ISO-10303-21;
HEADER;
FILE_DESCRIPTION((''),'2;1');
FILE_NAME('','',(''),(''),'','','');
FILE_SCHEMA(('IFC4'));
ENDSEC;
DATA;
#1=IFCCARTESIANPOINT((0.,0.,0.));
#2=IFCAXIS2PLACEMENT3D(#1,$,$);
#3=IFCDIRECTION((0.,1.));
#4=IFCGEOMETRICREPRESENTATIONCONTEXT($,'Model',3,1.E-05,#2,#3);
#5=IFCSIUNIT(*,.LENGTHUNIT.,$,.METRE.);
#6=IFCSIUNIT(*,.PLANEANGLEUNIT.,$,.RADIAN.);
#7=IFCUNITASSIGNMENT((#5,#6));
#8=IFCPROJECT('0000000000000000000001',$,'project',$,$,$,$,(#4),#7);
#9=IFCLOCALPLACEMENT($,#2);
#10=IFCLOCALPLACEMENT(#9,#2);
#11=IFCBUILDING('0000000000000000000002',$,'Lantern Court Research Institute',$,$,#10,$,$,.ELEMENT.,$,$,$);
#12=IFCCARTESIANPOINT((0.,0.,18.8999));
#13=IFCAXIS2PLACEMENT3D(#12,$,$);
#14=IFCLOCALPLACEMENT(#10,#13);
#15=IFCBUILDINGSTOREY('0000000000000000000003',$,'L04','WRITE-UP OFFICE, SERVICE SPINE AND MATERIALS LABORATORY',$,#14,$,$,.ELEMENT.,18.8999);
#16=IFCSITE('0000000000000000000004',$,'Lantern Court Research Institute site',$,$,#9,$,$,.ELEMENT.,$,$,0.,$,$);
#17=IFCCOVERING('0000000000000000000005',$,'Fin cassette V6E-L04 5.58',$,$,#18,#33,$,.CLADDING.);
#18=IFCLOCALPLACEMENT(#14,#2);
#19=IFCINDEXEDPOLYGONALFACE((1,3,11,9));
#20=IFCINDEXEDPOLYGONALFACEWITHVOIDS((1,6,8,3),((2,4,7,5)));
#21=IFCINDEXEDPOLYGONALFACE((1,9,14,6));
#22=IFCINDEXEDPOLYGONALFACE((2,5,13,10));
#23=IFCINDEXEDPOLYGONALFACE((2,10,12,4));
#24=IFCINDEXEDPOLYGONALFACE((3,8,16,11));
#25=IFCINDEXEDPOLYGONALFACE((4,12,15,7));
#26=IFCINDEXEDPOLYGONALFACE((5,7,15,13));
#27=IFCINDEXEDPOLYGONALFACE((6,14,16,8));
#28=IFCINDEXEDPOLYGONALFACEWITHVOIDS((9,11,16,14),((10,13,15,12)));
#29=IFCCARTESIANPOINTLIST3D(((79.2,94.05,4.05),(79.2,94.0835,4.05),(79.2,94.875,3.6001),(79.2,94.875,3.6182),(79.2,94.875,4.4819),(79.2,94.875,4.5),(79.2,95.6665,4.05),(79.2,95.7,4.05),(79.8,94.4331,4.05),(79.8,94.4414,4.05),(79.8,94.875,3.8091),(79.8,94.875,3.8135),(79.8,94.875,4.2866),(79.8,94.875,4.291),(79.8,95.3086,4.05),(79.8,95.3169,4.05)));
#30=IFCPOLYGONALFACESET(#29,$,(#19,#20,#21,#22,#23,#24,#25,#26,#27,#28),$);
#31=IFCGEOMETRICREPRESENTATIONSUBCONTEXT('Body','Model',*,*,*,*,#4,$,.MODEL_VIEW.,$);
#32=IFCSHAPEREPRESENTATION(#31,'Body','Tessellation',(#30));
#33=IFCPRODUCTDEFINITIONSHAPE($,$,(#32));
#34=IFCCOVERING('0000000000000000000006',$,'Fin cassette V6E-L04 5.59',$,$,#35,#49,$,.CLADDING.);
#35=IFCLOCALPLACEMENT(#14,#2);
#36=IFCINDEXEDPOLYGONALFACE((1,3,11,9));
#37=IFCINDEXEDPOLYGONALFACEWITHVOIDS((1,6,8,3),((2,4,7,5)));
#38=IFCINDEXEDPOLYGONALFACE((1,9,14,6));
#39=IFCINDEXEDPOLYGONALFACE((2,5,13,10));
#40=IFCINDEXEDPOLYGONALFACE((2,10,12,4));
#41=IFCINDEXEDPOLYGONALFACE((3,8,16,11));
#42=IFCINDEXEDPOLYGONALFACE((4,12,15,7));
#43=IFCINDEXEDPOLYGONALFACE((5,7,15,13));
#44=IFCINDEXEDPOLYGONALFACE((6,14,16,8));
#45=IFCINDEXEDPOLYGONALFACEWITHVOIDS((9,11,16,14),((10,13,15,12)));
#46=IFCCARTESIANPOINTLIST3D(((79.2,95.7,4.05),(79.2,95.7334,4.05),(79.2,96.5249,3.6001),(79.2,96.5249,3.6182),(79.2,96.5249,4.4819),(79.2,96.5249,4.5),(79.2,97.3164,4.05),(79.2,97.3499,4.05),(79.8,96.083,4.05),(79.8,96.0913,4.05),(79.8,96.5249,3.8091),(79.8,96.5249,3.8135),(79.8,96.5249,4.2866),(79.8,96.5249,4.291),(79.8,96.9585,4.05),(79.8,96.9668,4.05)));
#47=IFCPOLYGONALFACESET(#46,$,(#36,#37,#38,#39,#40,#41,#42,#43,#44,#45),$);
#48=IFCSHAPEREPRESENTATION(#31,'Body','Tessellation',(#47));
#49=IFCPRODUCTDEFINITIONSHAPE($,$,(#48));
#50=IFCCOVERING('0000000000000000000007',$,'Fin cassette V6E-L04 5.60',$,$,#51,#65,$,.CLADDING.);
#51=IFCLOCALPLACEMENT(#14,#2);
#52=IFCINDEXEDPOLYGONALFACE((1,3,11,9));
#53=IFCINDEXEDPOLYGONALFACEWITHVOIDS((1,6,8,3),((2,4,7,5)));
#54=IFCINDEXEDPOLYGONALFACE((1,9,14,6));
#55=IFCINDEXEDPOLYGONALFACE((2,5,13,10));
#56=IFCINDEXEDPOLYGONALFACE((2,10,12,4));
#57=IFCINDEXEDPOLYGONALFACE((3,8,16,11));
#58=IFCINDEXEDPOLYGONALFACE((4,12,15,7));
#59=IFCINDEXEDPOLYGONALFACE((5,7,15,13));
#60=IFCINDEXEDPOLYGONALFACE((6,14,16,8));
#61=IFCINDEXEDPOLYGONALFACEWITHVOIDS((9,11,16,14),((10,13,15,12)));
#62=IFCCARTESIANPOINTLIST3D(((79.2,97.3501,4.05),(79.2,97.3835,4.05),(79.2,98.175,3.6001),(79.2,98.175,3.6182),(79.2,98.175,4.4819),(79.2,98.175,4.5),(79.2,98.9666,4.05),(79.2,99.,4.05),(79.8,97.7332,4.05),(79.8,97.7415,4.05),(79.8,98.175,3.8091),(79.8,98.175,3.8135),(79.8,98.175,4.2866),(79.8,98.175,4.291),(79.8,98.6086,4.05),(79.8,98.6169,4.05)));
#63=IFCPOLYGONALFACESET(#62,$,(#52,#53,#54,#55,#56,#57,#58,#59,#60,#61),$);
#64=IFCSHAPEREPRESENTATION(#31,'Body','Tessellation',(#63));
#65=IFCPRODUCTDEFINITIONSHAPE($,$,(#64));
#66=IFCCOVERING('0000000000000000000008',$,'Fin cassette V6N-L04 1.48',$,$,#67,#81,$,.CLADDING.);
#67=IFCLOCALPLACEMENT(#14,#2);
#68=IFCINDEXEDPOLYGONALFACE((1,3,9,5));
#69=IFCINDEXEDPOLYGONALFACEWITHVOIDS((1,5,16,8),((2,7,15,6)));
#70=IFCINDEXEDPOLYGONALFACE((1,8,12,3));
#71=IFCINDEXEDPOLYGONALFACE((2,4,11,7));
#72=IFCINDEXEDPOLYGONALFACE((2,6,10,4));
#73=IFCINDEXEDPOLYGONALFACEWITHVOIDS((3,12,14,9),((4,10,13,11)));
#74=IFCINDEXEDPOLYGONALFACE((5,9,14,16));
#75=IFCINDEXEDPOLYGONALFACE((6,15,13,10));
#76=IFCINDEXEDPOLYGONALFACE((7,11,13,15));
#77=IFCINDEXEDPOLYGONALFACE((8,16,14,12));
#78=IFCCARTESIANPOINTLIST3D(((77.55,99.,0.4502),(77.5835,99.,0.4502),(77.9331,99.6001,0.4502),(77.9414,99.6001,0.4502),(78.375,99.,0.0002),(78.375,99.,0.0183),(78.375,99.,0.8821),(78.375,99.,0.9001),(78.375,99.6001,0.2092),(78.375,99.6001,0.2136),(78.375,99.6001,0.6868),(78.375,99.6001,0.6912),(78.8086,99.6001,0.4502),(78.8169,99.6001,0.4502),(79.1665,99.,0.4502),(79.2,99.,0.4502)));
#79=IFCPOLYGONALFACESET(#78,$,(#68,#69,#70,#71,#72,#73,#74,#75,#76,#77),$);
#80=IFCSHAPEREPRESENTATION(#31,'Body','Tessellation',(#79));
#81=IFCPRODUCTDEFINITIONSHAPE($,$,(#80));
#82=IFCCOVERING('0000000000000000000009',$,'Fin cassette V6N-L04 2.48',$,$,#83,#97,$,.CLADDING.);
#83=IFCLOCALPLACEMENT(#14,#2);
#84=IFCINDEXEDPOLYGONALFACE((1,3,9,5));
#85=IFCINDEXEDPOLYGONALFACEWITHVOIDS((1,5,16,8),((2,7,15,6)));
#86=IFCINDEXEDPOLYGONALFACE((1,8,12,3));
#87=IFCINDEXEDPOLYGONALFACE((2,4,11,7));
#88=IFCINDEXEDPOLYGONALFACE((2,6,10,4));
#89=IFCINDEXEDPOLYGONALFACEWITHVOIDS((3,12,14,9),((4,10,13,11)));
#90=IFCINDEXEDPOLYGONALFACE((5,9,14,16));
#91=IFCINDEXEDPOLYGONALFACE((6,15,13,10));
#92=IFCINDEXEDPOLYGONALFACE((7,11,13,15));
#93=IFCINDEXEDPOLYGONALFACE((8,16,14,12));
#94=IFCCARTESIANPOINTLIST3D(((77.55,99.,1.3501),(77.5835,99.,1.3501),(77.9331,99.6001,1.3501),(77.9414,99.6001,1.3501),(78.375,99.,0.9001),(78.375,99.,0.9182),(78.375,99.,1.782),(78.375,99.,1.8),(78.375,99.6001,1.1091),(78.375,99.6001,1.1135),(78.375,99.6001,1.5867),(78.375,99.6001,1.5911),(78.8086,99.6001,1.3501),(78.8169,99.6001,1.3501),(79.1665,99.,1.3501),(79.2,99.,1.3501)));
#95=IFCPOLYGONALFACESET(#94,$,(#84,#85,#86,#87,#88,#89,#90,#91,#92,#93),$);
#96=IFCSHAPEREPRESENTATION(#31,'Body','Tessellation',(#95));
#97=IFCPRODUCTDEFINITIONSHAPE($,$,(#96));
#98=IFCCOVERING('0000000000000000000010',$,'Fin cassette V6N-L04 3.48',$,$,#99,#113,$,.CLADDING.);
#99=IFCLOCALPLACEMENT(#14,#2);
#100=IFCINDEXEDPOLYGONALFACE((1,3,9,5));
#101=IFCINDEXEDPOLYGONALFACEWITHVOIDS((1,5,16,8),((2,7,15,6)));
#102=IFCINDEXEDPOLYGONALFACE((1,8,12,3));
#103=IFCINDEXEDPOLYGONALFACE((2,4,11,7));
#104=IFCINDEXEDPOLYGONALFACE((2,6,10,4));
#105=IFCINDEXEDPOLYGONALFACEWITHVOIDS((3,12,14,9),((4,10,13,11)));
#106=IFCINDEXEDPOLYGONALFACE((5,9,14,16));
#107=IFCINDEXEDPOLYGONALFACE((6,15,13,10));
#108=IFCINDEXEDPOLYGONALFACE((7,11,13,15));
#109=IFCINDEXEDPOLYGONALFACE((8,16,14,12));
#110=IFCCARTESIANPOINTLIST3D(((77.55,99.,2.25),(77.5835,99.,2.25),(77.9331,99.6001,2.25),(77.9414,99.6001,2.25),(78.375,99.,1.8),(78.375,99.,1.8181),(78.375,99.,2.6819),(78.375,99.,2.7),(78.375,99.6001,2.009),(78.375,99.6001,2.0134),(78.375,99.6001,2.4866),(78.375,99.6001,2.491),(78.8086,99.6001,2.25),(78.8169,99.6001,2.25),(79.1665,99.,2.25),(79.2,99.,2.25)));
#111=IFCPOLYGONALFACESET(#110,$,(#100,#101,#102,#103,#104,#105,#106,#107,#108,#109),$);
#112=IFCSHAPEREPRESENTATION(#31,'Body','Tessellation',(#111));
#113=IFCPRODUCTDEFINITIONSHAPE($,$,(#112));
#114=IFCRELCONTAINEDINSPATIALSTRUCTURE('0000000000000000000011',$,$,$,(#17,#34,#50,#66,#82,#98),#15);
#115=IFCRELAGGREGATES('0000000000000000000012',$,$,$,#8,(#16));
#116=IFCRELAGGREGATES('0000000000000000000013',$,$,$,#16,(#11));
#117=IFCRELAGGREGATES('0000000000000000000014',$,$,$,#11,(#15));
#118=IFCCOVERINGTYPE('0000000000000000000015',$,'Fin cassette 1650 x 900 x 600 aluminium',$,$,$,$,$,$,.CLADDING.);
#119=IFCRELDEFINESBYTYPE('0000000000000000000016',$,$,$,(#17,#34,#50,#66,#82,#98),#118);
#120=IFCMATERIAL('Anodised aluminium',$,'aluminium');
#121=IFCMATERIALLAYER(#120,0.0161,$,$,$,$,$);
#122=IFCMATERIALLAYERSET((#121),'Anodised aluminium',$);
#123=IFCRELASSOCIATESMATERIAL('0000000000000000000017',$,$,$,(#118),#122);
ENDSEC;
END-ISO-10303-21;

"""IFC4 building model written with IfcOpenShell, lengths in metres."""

from ifc_helpers import new_model, entity, si_unit, direction, frame, origin, place, context, subcontext, project, spatial, material, layer, layer_set, type_object, element, save


model = new_model("IFC4")

# Units and contexts
model_context = context("Model", 3, precision=1e-05, world=origin(), true_north=direction((0.0, 1.0)))
body_context = subcontext(model_context, "Body", "Model", "MODEL_VIEW")
ifc_project = project(units=[si_unit("LENGTHUNIT", "METRE"), si_unit("PLANEANGLEUNIT", "RADIAN")], contexts=[model_context])

# Site, building, storey
site_placement = place(None, origin())
site = spatial("IfcSite", under=ifc_project, at=site_placement, Name="Lantern Court Research Institute site", CompositionType="ELEMENT", RefElevation=0.0)
building_placement = place(site_placement, origin())
building = spatial("IfcBuilding", under=site, at=building_placement, Name="Lantern Court Research Institute", CompositionType="ELEMENT")
storey_placement = place(building_placement, frame((0.0, 0.0, 18.8999)))
storey = spatial("IfcBuildingStorey", under=building, at=storey_placement, Name="L04", Description="WRITE-UP OFFICE, SERVICE SPINE AND MATERIALS LABORATORY", CompositionType="ELEMENT", Elevation=18.8999)

# Coverings
ifc_material_1 = material(Name="Anodised aluminium", Category="aluminium")
ifc_layer_1 = layer(ifc_material_1, 0.0161)
ifc_layer_set_1 = layer_set([ifc_layer_1], Name="Anodised aluminium")
covering_type = type_object("IfcCoveringType", Name="Fin cassette 1650 x 900 x 600 aluminium", PredefinedType="CLADDING", material=ifc_layer_set_1)
covering_1_placement = place(storey_placement, frame((79.2, 94.875, 4.05), z_axis=(1.0, 0.0, 0.0), x_axis=(0.0, 1.0, 0.0)))
cartesian_point_1 = entity("IfcCartesianPoint", [0.825, 0.0])
cartesian_point_2 = entity("IfcCartesianPoint", [0.7915, 0.0])
cartesian_point_3 = entity("IfcCartesianPoint", [0.4419, 0.0])
cartesian_point_4 = entity("IfcCartesianPoint", [0.4336, 0.0])
element("IfcCovering", 1, at=covering_1_placement, inside=storey, type_object=covering_type, Name="Fin cassette V6E-L04 5.58", PredefinedType="CLADDING", context=body_context, shape_type="SweptSolid", body=[
    entity("IfcExtrudedAreaSolidTapered", entity("IfcArbitraryProfileDefWithVoids", "AREA", None, entity("IfcPolyline", [cartesian_point_1, entity("IfcCartesianPoint", [0.0, 0.45]), entity("IfcCartesianPoint", [-0.825, 0.0]), entity("IfcCartesianPoint", [0.0, -0.45]), cartesian_point_1]), [entity("IfcPolyline", [cartesian_point_2, entity("IfcCartesianPoint", [0.0, 0.4319]), entity("IfcCartesianPoint", [-0.7915, 0.0]), entity("IfcCartesianPoint", [0.0, -0.4319]), cartesian_point_2])]), entity("IfcAxis2Placement3D", entity("IfcCartesianPoint", [0.0, 0.0, 0.0])), entity("IfcDirection", [0.0, 0.0, 1.0]), 0.6001, entity("IfcArbitraryProfileDefWithVoids", "AREA", None, entity("IfcPolyline", [cartesian_point_3, entity("IfcCartesianPoint", [0.0, 0.241]), entity("IfcCartesianPoint", [-0.4419, 0.0]), entity("IfcCartesianPoint", [0.0, -0.241]), cartesian_point_3]), [entity("IfcPolyline", [cartesian_point_4, entity("IfcCartesianPoint", [0.0, 0.2366]), entity("IfcCartesianPoint", [-0.4336, 0.0]), entity("IfcCartesianPoint", [0.0, -0.2366]), cartesian_point_4])])),
])
covering_2_placement = place(storey_placement, frame((79.2, 96.5249, 4.05), z_axis=(1.0, 0.0, 0.0), x_axis=(0.0, 1.0, 0.0)))
cartesian_point_5 = entity("IfcCartesianPoint", [0.825, 0.0])
cartesian_point_6 = entity("IfcCartesianPoint", [0.7915, 0.0])
cartesian_point_7 = entity("IfcCartesianPoint", [0.4419, 0.0])
cartesian_point_8 = entity("IfcCartesianPoint", [0.4336, 0.0])
element("IfcCovering", 2, at=covering_2_placement, inside=storey, type_object=covering_type, Name="Fin cassette V6E-L04 5.59", PredefinedType="CLADDING", context=body_context, shape_type="SweptSolid", body=[
    entity("IfcExtrudedAreaSolidTapered", entity("IfcArbitraryProfileDefWithVoids", "AREA", None, entity("IfcPolyline", [cartesian_point_5, entity("IfcCartesianPoint", [0.0, 0.45]), entity("IfcCartesianPoint", [-0.825, 0.0]), entity("IfcCartesianPoint", [0.0, -0.45]), cartesian_point_5]), [entity("IfcPolyline", [cartesian_point_6, entity("IfcCartesianPoint", [0.0, 0.4319]), entity("IfcCartesianPoint", [-0.7915, 0.0]), entity("IfcCartesianPoint", [0.0, -0.4319]), cartesian_point_6])]), entity("IfcAxis2Placement3D", entity("IfcCartesianPoint", [0.0, 0.0, 0.0])), entity("IfcDirection", [0.0, 0.0, 1.0]), 0.6001, entity("IfcArbitraryProfileDefWithVoids", "AREA", None, entity("IfcPolyline", [cartesian_point_7, entity("IfcCartesianPoint", [0.0, 0.241]), entity("IfcCartesianPoint", [-0.4419, 0.0]), entity("IfcCartesianPoint", [0.0, -0.241]), cartesian_point_7]), [entity("IfcPolyline", [cartesian_point_8, entity("IfcCartesianPoint", [0.0, 0.2366]), entity("IfcCartesianPoint", [-0.4336, 0.0]), entity("IfcCartesianPoint", [0.0, -0.2366]), cartesian_point_8])])),
])
covering_3_placement = place(storey_placement, frame((79.2, 98.175, 4.05), z_axis=(1.0, 0.0, 0.0), x_axis=(0.0, 1.0, 0.0)))
cartesian_point_9 = entity("IfcCartesianPoint", [0.825, 0.0])
cartesian_point_10 = entity("IfcCartesianPoint", [0.7915, 0.0])
cartesian_point_11 = entity("IfcCartesianPoint", [0.4419, 0.0])
cartesian_point_12 = entity("IfcCartesianPoint", [0.4336, 0.0])
element("IfcCovering", 3, at=covering_3_placement, inside=storey, type_object=covering_type, Name="Fin cassette V6E-L04 5.60", PredefinedType="CLADDING", context=body_context, shape_type="SweptSolid", body=[
    entity("IfcExtrudedAreaSolidTapered", entity("IfcArbitraryProfileDefWithVoids", "AREA", None, entity("IfcPolyline", [cartesian_point_9, entity("IfcCartesianPoint", [0.0, 0.45]), entity("IfcCartesianPoint", [-0.825, 0.0]), entity("IfcCartesianPoint", [0.0, -0.45]), cartesian_point_9]), [entity("IfcPolyline", [cartesian_point_10, entity("IfcCartesianPoint", [0.0, 0.4319]), entity("IfcCartesianPoint", [-0.7915, 0.0]), entity("IfcCartesianPoint", [0.0, -0.4319]), cartesian_point_10])]), entity("IfcAxis2Placement3D", entity("IfcCartesianPoint", [0.0, 0.0, 0.0])), entity("IfcDirection", [0.0, 0.0, 1.0]), 0.6001, entity("IfcArbitraryProfileDefWithVoids", "AREA", None, entity("IfcPolyline", [cartesian_point_11, entity("IfcCartesianPoint", [0.0, 0.241]), entity("IfcCartesianPoint", [-0.4419, 0.0]), entity("IfcCartesianPoint", [0.0, -0.241]), cartesian_point_11]), [entity("IfcPolyline", [cartesian_point_12, entity("IfcCartesianPoint", [0.0, 0.2366]), entity("IfcCartesianPoint", [-0.4336, 0.0]), entity("IfcCartesianPoint", [0.0, -0.2366]), cartesian_point_12])])),
])
covering_4_placement = place(storey_placement, frame((78.375, 99.0, 0.4502), z_axis=(0.0, 1.0, 0.0), x_axis=(-1.0, 0.0, 0.0)))
cartesian_point_13 = entity("IfcCartesianPoint", [0.825, 0.0])
cartesian_point_14 = entity("IfcCartesianPoint", [0.7915, 0.0])
cartesian_point_15 = entity("IfcCartesianPoint", [0.4419, 0.0])
cartesian_point_16 = entity("IfcCartesianPoint", [0.4336, 0.0])
element("IfcCovering", 4, at=covering_4_placement, inside=storey, type_object=covering_type, Name="Fin cassette V6N-L04 1.48", PredefinedType="CLADDING", context=body_context, shape_type="SweptSolid", body=[
    entity("IfcExtrudedAreaSolidTapered", entity("IfcArbitraryProfileDefWithVoids", "AREA", None, entity("IfcPolyline", [cartesian_point_13, entity("IfcCartesianPoint", [0.0, 0.45]), entity("IfcCartesianPoint", [-0.825, 0.0]), entity("IfcCartesianPoint", [0.0, -0.45]), cartesian_point_13]), [entity("IfcPolyline", [cartesian_point_14, entity("IfcCartesianPoint", [0.0, 0.4319]), entity("IfcCartesianPoint", [-0.7915, 0.0]), entity("IfcCartesianPoint", [0.0, -0.4319]), cartesian_point_14])]), entity("IfcAxis2Placement3D", entity("IfcCartesianPoint", [0.0, 0.0, 0.0])), entity("IfcDirection", [0.0, 0.0, 1.0]), 0.6001, entity("IfcArbitraryProfileDefWithVoids", "AREA", None, entity("IfcPolyline", [cartesian_point_15, entity("IfcCartesianPoint", [0.0, 0.241]), entity("IfcCartesianPoint", [-0.4419, 0.0]), entity("IfcCartesianPoint", [0.0, -0.241]), cartesian_point_15]), [entity("IfcPolyline", [cartesian_point_16, entity("IfcCartesianPoint", [0.0, 0.2366]), entity("IfcCartesianPoint", [-0.4336, 0.0]), entity("IfcCartesianPoint", [0.0, -0.2366]), cartesian_point_16])])),
])
covering_5_placement = place(storey_placement, frame((78.375, 99.0, 1.3501), z_axis=(0.0, 1.0, 0.0), x_axis=(-1.0, 0.0, 0.0)))
cartesian_point_17 = entity("IfcCartesianPoint", [0.825, 0.0])
cartesian_point_18 = entity("IfcCartesianPoint", [0.7915, 0.0])
cartesian_point_19 = entity("IfcCartesianPoint", [0.4419, 0.0])
cartesian_point_20 = entity("IfcCartesianPoint", [0.4336, 0.0])
element("IfcCovering", 5, at=covering_5_placement, inside=storey, type_object=covering_type, Name="Fin cassette V6N-L04 2.48", PredefinedType="CLADDING", context=body_context, shape_type="SweptSolid", body=[
    entity("IfcExtrudedAreaSolidTapered", entity("IfcArbitraryProfileDefWithVoids", "AREA", None, entity("IfcPolyline", [cartesian_point_17, entity("IfcCartesianPoint", [0.0, 0.45]), entity("IfcCartesianPoint", [-0.825, 0.0]), entity("IfcCartesianPoint", [0.0, -0.45]), cartesian_point_17]), [entity("IfcPolyline", [cartesian_point_18, entity("IfcCartesianPoint", [0.0, 0.4319]), entity("IfcCartesianPoint", [-0.7915, 0.0]), entity("IfcCartesianPoint", [0.0, -0.4319]), cartesian_point_18])]), entity("IfcAxis2Placement3D", entity("IfcCartesianPoint", [0.0, 0.0, 0.0])), entity("IfcDirection", [0.0, 0.0, 1.0]), 0.6001, entity("IfcArbitraryProfileDefWithVoids", "AREA", None, entity("IfcPolyline", [cartesian_point_19, entity("IfcCartesianPoint", [0.0, 0.241]), entity("IfcCartesianPoint", [-0.4419, 0.0]), entity("IfcCartesianPoint", [0.0, -0.241]), cartesian_point_19]), [entity("IfcPolyline", [cartesian_point_20, entity("IfcCartesianPoint", [0.0, 0.2366]), entity("IfcCartesianPoint", [-0.4336, 0.0]), entity("IfcCartesianPoint", [0.0, -0.2366]), cartesian_point_20])])),
])
covering_6_placement = place(storey_placement, frame((78.375, 99.0, 2.25), z_axis=(0.0, 1.0, 0.0), x_axis=(-1.0, 0.0, 0.0)))
cartesian_point_21 = entity("IfcCartesianPoint", [0.825, 0.0])
cartesian_point_22 = entity("IfcCartesianPoint", [0.7915, 0.0])
cartesian_point_23 = entity("IfcCartesianPoint", [0.4419, 0.0])
cartesian_point_24 = entity("IfcCartesianPoint", [0.4336, 0.0])
element("IfcCovering", 6, at=covering_6_placement, inside=storey, type_object=covering_type, Name="Fin cassette V6N-L04 3.48", PredefinedType="CLADDING", context=body_context, shape_type="SweptSolid", body=[
    entity("IfcExtrudedAreaSolidTapered", entity("IfcArbitraryProfileDefWithVoids", "AREA", None, entity("IfcPolyline", [cartesian_point_21, entity("IfcCartesianPoint", [0.0, 0.45]), entity("IfcCartesianPoint", [-0.825, 0.0]), entity("IfcCartesianPoint", [0.0, -0.45]), cartesian_point_21]), [entity("IfcPolyline", [cartesian_point_22, entity("IfcCartesianPoint", [0.0, 0.4319]), entity("IfcCartesianPoint", [-0.7915, 0.0]), entity("IfcCartesianPoint", [0.0, -0.4319]), cartesian_point_22])]), entity("IfcAxis2Placement3D", entity("IfcCartesianPoint", [0.0, 0.0, 0.0])), entity("IfcDirection", [0.0, 0.0, 1.0]), 0.6001, entity("IfcArbitraryProfileDefWithVoids", "AREA", None, entity("IfcPolyline", [cartesian_point_23, entity("IfcCartesianPoint", [0.0, 0.241]), entity("IfcCartesianPoint", [-0.4419, 0.0]), entity("IfcCartesianPoint", [0.0, -0.241]), cartesian_point_23]), [entity("IfcPolyline", [cartesian_point_24, entity("IfcCartesianPoint", [0.0, 0.2366]), entity("IfcCartesianPoint", [-0.4336, 0.0]), entity("IfcCartesianPoint", [0.0, -0.2366]), cartesian_point_24])])),
])

save(model, "model.ifc")
